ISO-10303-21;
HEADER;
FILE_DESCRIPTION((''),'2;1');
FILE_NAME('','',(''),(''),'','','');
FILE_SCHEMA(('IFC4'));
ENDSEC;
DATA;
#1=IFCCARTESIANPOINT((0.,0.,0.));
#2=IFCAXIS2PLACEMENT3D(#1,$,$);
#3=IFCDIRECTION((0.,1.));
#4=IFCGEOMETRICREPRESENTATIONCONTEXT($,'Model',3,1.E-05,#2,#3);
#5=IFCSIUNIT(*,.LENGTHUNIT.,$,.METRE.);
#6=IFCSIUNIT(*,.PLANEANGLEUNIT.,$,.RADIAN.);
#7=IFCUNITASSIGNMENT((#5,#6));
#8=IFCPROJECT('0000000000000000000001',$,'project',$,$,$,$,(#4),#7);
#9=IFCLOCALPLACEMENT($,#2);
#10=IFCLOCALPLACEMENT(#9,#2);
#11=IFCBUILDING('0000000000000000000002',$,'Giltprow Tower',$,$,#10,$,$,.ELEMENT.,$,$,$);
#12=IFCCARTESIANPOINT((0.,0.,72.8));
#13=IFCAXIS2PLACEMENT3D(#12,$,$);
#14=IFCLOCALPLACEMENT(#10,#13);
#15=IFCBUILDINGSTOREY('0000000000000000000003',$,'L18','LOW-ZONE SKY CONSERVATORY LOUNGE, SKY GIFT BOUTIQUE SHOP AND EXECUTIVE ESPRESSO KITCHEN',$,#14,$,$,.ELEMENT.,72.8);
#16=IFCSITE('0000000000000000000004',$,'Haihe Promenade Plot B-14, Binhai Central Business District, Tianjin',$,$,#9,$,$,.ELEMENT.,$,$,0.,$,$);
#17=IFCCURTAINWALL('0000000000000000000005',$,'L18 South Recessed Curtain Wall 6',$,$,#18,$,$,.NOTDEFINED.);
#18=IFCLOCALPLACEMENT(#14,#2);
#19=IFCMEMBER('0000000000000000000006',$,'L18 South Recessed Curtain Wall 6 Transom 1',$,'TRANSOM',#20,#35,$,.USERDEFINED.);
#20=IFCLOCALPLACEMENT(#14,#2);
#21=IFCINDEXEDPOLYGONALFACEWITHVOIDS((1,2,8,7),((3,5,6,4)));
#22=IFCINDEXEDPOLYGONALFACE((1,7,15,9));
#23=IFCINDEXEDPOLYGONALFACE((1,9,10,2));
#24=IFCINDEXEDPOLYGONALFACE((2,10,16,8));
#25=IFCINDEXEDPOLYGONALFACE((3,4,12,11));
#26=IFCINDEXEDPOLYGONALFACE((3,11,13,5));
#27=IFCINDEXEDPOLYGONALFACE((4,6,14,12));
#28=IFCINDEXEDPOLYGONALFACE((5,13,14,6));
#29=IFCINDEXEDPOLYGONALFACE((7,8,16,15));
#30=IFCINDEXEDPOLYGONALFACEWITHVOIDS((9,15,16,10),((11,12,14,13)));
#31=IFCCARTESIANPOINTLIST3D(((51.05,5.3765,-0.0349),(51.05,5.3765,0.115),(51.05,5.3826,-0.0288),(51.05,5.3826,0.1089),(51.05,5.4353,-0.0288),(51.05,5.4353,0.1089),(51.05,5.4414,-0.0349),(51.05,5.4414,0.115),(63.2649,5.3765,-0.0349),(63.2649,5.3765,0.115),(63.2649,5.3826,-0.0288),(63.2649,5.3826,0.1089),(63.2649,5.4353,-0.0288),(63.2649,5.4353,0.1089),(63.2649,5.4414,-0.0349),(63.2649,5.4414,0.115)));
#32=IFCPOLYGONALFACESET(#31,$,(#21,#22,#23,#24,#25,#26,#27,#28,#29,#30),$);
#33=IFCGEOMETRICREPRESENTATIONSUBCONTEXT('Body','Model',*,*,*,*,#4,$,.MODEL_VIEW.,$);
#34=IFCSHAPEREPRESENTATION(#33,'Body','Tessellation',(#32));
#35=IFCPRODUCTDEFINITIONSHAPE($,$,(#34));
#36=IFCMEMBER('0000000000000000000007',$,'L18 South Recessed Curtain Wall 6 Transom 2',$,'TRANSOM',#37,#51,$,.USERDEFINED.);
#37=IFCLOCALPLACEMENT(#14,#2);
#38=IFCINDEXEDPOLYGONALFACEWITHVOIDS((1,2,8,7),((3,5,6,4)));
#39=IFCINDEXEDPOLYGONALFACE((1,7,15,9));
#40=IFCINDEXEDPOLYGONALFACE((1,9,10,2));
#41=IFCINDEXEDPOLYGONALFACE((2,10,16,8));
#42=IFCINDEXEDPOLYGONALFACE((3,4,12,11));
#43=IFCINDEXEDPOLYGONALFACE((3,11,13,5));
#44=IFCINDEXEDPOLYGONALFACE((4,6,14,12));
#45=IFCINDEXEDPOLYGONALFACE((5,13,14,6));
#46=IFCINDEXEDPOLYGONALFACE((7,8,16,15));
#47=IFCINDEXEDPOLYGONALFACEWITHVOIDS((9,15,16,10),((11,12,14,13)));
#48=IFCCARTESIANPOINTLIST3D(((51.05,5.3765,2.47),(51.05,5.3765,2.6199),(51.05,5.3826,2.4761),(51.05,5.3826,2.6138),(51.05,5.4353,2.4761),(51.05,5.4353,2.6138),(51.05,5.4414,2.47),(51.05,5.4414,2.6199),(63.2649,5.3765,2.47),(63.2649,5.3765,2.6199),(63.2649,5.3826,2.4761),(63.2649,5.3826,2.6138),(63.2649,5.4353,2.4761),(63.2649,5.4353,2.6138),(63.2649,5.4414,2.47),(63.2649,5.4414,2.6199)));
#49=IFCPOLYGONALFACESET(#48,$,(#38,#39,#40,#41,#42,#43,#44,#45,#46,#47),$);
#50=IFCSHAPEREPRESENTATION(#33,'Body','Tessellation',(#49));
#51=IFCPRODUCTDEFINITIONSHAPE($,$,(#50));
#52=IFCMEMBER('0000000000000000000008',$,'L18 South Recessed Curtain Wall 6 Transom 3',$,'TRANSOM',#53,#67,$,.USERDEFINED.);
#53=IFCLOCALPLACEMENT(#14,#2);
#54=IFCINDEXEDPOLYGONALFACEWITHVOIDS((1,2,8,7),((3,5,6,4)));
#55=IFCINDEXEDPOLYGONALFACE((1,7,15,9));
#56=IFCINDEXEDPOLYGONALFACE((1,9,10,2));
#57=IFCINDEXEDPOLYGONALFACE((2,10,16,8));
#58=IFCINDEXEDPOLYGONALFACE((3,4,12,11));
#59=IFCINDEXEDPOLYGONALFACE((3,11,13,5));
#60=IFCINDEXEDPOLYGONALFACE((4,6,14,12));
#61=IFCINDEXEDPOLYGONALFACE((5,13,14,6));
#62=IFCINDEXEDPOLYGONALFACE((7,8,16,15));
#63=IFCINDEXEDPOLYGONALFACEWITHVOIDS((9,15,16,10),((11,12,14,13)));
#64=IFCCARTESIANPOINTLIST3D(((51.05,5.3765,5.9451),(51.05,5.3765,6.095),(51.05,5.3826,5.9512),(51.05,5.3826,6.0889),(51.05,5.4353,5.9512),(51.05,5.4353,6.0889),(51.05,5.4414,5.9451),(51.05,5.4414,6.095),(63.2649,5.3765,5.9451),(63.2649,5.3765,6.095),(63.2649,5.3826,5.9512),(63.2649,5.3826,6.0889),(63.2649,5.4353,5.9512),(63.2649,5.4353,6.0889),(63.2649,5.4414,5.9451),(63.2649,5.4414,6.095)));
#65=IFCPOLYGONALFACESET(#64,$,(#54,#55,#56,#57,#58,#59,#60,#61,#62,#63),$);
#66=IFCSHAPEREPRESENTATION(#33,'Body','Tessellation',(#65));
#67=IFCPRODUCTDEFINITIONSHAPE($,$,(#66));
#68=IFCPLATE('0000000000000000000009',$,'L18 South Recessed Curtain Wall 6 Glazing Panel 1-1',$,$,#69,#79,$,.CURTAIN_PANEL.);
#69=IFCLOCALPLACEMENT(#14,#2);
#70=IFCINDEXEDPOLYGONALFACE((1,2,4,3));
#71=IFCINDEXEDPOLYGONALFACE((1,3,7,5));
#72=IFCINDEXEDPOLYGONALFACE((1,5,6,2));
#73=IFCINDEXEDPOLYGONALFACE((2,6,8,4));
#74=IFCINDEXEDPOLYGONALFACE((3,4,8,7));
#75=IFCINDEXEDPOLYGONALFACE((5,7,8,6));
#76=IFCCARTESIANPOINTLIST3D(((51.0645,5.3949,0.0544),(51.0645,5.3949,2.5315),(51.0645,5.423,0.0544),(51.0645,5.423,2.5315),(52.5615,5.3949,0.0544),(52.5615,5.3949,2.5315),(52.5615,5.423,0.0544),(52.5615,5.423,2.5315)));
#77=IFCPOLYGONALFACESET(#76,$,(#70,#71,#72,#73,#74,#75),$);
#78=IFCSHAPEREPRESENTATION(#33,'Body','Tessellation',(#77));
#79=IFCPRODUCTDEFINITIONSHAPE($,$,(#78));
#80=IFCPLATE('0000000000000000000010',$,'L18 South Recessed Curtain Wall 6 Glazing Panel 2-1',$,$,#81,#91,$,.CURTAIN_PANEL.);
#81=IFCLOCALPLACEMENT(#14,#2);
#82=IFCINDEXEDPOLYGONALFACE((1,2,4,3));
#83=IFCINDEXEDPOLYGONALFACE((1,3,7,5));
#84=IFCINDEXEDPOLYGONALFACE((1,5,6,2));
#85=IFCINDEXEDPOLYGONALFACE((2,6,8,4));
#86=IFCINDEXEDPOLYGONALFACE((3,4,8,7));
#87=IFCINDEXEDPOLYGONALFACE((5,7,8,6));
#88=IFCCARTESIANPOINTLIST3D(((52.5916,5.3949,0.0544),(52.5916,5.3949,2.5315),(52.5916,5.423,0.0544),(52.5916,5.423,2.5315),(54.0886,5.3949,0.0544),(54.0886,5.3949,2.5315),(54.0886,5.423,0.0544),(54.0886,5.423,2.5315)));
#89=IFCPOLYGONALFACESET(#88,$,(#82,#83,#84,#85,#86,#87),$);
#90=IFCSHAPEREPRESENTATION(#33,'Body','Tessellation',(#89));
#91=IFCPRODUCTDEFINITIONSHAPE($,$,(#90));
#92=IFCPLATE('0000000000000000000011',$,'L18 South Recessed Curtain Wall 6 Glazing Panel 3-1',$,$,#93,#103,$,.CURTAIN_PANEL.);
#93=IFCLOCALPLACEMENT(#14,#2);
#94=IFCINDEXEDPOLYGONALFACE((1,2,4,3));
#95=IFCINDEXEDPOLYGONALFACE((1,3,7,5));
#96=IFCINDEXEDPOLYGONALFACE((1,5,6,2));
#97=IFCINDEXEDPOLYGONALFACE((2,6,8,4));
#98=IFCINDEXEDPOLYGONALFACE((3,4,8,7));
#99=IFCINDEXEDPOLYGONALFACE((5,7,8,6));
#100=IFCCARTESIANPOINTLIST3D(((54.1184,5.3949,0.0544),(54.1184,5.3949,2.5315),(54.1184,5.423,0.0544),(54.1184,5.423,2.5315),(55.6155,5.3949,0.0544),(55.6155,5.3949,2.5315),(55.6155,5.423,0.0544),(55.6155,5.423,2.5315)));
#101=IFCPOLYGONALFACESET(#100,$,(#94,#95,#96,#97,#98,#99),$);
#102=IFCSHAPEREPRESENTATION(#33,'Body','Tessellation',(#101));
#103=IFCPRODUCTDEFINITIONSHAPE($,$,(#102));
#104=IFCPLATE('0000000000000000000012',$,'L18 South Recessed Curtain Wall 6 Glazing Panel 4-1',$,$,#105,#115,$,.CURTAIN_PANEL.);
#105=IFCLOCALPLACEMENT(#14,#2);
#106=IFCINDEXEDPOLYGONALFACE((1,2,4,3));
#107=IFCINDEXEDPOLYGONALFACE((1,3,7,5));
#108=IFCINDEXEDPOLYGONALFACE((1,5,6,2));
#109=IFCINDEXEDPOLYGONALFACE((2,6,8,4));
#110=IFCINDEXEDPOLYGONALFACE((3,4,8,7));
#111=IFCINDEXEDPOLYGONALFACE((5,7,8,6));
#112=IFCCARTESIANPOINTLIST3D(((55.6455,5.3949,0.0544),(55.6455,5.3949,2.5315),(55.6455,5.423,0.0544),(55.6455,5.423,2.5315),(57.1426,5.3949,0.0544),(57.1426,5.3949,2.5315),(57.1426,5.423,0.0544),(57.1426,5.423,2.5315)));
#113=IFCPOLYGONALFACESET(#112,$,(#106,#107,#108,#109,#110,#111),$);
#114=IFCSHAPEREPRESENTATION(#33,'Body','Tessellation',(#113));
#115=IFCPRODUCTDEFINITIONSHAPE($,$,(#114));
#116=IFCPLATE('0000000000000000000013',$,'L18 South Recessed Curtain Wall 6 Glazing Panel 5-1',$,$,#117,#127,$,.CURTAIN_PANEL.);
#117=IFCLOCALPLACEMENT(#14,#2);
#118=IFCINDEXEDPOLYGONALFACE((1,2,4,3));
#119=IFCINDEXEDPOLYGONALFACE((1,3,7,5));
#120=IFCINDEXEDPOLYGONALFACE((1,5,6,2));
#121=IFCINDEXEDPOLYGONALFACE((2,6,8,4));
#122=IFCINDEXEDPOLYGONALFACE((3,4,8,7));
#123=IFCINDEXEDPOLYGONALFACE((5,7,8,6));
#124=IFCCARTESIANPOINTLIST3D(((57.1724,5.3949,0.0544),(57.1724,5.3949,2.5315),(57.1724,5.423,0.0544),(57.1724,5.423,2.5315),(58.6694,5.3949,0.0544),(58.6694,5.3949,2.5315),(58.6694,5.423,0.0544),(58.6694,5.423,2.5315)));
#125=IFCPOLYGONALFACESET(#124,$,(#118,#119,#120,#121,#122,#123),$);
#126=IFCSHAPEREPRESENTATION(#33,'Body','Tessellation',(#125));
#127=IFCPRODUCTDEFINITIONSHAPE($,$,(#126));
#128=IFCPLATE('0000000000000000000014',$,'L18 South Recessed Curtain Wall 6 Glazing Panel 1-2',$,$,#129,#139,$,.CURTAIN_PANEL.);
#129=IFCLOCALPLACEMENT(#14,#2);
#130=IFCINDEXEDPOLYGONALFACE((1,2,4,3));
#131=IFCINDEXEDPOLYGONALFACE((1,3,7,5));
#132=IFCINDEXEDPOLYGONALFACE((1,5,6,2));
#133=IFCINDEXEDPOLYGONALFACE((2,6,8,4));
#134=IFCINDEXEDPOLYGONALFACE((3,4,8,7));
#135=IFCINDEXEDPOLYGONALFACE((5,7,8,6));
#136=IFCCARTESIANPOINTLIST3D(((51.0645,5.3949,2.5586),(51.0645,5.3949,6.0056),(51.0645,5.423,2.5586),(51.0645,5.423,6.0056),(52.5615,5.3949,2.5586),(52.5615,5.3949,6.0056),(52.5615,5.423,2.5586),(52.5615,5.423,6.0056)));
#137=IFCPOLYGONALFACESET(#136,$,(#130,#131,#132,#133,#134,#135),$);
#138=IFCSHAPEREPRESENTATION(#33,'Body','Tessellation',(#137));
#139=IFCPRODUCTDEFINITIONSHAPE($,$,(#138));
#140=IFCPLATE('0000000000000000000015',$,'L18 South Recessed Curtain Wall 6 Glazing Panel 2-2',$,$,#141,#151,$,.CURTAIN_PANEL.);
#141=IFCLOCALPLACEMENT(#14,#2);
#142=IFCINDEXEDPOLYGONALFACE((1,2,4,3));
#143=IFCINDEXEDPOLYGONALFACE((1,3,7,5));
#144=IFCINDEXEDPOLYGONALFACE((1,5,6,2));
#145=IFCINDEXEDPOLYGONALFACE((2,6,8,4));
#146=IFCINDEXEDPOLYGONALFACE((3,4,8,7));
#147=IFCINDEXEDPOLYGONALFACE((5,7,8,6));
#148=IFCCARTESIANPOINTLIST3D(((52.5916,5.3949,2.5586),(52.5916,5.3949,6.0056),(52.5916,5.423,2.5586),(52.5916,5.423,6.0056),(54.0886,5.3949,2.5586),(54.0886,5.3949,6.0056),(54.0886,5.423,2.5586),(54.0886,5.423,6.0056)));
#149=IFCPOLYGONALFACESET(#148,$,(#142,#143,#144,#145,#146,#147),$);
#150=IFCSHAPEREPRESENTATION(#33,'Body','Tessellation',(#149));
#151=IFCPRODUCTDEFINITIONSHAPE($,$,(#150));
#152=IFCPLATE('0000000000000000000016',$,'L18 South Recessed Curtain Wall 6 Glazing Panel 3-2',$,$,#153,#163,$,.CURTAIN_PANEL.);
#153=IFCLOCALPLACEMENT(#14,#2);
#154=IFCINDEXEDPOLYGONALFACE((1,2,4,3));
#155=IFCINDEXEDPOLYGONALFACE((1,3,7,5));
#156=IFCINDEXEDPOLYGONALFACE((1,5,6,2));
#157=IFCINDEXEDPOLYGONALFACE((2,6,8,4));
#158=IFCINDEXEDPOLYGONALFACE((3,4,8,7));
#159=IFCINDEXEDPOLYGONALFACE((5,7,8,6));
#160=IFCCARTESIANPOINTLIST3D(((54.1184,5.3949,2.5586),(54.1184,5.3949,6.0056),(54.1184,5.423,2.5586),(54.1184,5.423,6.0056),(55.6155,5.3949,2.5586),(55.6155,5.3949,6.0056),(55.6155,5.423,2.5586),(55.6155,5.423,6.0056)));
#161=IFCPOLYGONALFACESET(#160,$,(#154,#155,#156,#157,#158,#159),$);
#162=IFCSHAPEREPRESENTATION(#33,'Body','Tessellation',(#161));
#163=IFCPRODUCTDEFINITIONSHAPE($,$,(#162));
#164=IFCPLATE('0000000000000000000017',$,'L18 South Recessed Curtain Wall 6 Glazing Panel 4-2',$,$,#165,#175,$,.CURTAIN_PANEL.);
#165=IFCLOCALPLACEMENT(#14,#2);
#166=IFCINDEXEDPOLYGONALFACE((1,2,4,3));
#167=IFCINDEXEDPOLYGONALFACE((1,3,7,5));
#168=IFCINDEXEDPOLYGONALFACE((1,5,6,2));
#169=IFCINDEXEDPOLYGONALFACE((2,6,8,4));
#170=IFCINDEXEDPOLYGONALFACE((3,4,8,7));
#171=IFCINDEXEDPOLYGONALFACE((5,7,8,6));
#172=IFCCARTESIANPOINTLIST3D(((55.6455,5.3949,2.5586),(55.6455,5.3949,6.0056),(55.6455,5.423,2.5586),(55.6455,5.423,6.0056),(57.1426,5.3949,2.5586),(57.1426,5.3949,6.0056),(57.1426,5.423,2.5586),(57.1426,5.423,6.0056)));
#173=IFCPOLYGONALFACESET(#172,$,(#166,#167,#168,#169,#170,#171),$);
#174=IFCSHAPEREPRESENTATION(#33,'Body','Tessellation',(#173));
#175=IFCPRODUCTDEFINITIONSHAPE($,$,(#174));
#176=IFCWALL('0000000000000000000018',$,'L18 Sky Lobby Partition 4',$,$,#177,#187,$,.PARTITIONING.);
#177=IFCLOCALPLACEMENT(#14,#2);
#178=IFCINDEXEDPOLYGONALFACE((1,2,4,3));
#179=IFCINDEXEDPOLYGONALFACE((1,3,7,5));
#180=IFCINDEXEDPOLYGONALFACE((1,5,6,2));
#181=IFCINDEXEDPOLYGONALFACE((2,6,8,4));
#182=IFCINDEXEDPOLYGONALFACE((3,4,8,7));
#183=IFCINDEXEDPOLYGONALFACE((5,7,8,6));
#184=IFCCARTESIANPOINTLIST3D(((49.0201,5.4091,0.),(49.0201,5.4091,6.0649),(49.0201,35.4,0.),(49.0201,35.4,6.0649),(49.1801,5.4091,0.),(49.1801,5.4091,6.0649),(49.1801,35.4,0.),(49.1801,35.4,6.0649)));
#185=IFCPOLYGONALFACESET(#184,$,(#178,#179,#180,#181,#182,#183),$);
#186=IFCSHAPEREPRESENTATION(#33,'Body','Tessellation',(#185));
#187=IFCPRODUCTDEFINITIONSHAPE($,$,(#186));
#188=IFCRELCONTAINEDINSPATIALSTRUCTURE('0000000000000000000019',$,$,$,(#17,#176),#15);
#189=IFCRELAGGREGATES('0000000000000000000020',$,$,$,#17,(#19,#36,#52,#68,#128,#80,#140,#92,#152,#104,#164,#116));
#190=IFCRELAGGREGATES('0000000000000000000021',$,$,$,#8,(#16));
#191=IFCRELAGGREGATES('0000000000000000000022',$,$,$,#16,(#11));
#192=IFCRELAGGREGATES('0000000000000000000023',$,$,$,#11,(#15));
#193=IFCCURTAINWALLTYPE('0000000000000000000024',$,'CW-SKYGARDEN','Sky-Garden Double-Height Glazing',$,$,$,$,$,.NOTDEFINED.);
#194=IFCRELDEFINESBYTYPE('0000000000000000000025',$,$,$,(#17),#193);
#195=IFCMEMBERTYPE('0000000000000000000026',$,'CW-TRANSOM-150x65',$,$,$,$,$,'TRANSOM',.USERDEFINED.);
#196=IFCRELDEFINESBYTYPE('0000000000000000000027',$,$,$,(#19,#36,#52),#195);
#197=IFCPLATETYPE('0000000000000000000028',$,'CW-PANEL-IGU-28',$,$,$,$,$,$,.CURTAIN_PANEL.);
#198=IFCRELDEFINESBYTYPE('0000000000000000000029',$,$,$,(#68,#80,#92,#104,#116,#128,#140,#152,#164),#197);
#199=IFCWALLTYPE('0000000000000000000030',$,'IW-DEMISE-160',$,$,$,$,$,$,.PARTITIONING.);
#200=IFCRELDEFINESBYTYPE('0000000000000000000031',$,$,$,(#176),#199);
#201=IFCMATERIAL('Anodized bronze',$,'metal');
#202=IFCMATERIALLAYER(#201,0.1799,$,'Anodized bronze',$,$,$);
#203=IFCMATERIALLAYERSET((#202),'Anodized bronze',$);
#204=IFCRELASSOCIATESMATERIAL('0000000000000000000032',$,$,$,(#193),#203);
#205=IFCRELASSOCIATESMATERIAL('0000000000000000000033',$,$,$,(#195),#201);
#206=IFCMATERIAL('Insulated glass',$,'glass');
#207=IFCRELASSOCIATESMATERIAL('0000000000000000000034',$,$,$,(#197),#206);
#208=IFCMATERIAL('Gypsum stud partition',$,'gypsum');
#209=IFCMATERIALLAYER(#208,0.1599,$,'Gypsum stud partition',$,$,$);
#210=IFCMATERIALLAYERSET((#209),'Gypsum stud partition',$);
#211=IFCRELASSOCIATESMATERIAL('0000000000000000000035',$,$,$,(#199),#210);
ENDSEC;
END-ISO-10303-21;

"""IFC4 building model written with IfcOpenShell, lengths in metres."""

from ifc_helpers import new_model, si_unit, direction, frame, frame_2d, origin, origin_2d, place, context, subcontext, project, spatial, rectangle, hollow_rectangle, extrude, source, transform, mapped, material, layer, layer_set, material_profile, profile_set, type_object, element, aggregate, save


model = new_model("IFC4")

# Units and contexts
model_context = context("Model", 3, precision=1e-05, world=origin(), true_north=direction((0.0, 1.0)))
body_context = subcontext(model_context, "Body", "Model", "MODEL_VIEW")
ifc_project = project(units=[si_unit("LENGTHUNIT", "METRE"), si_unit("PLANEANGLEUNIT", "RADIAN")], contexts=[model_context])

# Site, building, storey
site_placement = place(None, origin())
site = spatial("IfcSite", under=ifc_project, at=site_placement, Name="Haihe Promenade Plot B-14, Binhai Central Business District, Tianjin", CompositionType="ELEMENT", RefElevation=0.0)
building_placement = place(site_placement, origin())
building = spatial("IfcBuilding", under=site, at=building_placement, Name="Giltprow Tower", CompositionType="ELEMENT")
storey_placement = place(building_placement, frame((0.0, 0.0, 72.8)))
storey = spatial("IfcBuildingStorey", under=building, at=storey_placement, Name="L18", Description="LOW-ZONE SKY CONSERVATORY LOUNGE, SKY GIFT BOUTIQUE SHOP AND EXECUTIVE ESPRESSO KITCHEN", CompositionType="ELEMENT", Elevation=72.8)

# Curtain wall, members, plates
ifc_material_1 = material(Name="Anodized bronze", Category="metal")
ifc_layer_1 = layer(ifc_material_1, 0.1799, Name="Anodized bronze")
ifc_layer_set_1 = layer_set([ifc_layer_1], Name="Anodized bronze")
curtain_wall_type = type_object("IfcCurtainWallType", Name="CW-SKYGARDEN", Description="Sky-Garden Double-Height Glazing", PredefinedType="NOTDEFINED", material=ifc_layer_set_1)
curtain_wall_placement = place(storey_placement, origin())
curtain_wall = element("IfcCurtainWall", 1, at=curtain_wall_placement, inside=storey, type_object=curtain_wall_type, Name="L18 South Recessed Curtain Wall 6", PredefinedType="NOTDEFINED")
ifc_material_profile_1 = material_profile(ifc_material_1, hollow_rectangle(XDim=0.0649, YDim=0.1499, WallThickness=0.0061, at=origin_2d()), Name="RHS 150x65x6")
ifc_profile_set_1 = profile_set([ifc_material_profile_1], Name="Anodized bronze")
member_type_1 = type_object("IfcMemberType", Name="CW-TRANSOM-150x65", ElementType="TRANSOM", PredefinedType="USERDEFINED", material=ifc_profile_set_1)
shared_shape_1 = source(origin(), body_context, "Body", "SweptSolid", [
    extrude(hollow_rectangle(XDim=0.0649, YDim=0.1499, WallThickness=0.0061, at=origin_2d()), origin(), (0.0, 0.0, 1.0), 12.2148),
])
member_1_placement = place(storey_placement, frame((51.05, 5.4089, 0.04), z_axis=(1.0, 0.0, 0.0), x_axis=(0.0, 1.0, 0.0)))
member_1 = element("IfcMember", 2, at=member_1_placement, type_object=member_type_1, Name="L18 South Recessed Curtain Wall 6 Transom 1", ObjectType="TRANSOM", PredefinedType="USERDEFINED", context=body_context, shape_type="MappedRepresentation", body=[
    mapped(shared_shape_1, transform((0.0, 0.0, 0.0), x_axis=(1.0, 0.0, 0.0), y_axis=(0.0, 1.0, 0.0), z_axis=(0.0, 0.0, 1.0), scale=1.0)),
])
member_2_placement = place(storey_placement, frame((51.05, 5.4089, 2.5449), z_axis=(1.0, 0.0, 0.0), x_axis=(0.0, 1.0, 0.0)))
member_2 = element("IfcMember", 3, at=member_2_placement, type_object=member_type_1, Name="L18 South Recessed Curtain Wall 6 Transom 2", ObjectType="TRANSOM", PredefinedType="USERDEFINED", context=body_context, shape_type="MappedRepresentation", body=[
    mapped(shared_shape_1, transform((0.0, 0.0, 0.0), x_axis=(1.0, 0.0, 0.0), y_axis=(0.0, 1.0, 0.0), z_axis=(0.0, 0.0, 1.0), scale=1.0)),
])
member_3_placement = place(storey_placement, frame((51.05, 5.4089, 6.02), z_axis=(1.0, 0.0, 0.0), x_axis=(0.0, 1.0, 0.0)))
member_3 = element("IfcMember", 4, at=member_3_placement, type_object=member_type_1, Name="L18 South Recessed Curtain Wall 6 Transom 3", ObjectType="TRANSOM", PredefinedType="USERDEFINED", context=body_context, shape_type="MappedRepresentation", body=[
    mapped(shared_shape_1, transform((0.0, 0.0, 0.0), x_axis=(1.0, 0.0, 0.0), y_axis=(0.0, 1.0, 0.0), z_axis=(0.0, 0.0, 1.0), scale=1.0)),
])
ifc_material_2 = material(Name="Insulated glass", Category="glass")
plate_type = type_object("IfcPlateType", Name="CW-PANEL-IGU-28", PredefinedType="CURTAIN_PANEL", material=ifc_material_2)
shared_shape_2 = source(origin(), body_context, "Body", "SweptSolid", [
    extrude(rectangle(XDim=1.4971, YDim=0.0281, at=origin_2d()), origin(), (0.0, 0.0, 1.0), 2.4771),
])
plate_1_placement = place(storey_placement, frame((51.813, 5.4089, 0.0544), z_axis=(0.0, 0.0, 1.0), x_axis=(1.0, 0.0, 0.0)))
plate_1 = element("IfcPlate", 5, at=plate_1_placement, type_object=plate_type, Name="L18 South Recessed Curtain Wall 6 Glazing Panel 1-1", PredefinedType="CURTAIN_PANEL", context=body_context, shape_type="MappedRepresentation", body=[
    mapped(shared_shape_2, transform((0.0, 0.0, 0.0), x_axis=(1.0, 0.0, 0.0), y_axis=(0.0, 1.0, 0.0), z_axis=(0.0, 0.0, 1.0), scale=1.0)),
])
plate_2_placement = place(storey_placement, frame((53.3401, 5.4089, 0.0544), z_axis=(0.0, 0.0, 1.0), x_axis=(1.0, 0.0, 0.0)))
plate_2 = element("IfcPlate", 6, at=plate_2_placement, type_object=plate_type, Name="L18 South Recessed Curtain Wall 6 Glazing Panel 2-1", PredefinedType="CURTAIN_PANEL", context=body_context, shape_type="MappedRepresentation", body=[
    mapped(shared_shape_2, transform((0.0, 0.0, 0.0), x_axis=(1.0, 0.0, 0.0), y_axis=(0.0, 1.0, 0.0), z_axis=(0.0, 0.0, 1.0), scale=1.0)),
])
plate_3_placement = place(storey_placement, frame((54.8669, 5.4089, 0.0544), z_axis=(0.0, 0.0, 1.0), x_axis=(1.0, 0.0, 0.0)))
plate_3 = element("IfcPlate", 7, at=plate_3_placement, type_object=plate_type, Name="L18 South Recessed Curtain Wall 6 Glazing Panel 3-1", PredefinedType="CURTAIN_PANEL", context=body_context, shape_type="MappedRepresentation", body=[
    mapped(shared_shape_2, transform((0.0, 0.0, 0.0), x_axis=(1.0, 0.0, 0.0), y_axis=(0.0, 1.0, 0.0), z_axis=(0.0, 0.0, 1.0), scale=1.0)),
])
plate_4_placement = place(storey_placement, frame((56.394, 5.4089, 0.0544), z_axis=(0.0, 0.0, 1.0), x_axis=(1.0, 0.0, 0.0)))
plate_4 = element("IfcPlate", 8, at=plate_4_placement, type_object=plate_type, Name="L18 South Recessed Curtain Wall 6 Glazing Panel 4-1", PredefinedType="CURTAIN_PANEL", context=body_context, shape_type="MappedRepresentation", body=[
    mapped(shared_shape_2, transform((0.0, 0.0, 0.0), x_axis=(1.0, 0.0, 0.0), y_axis=(0.0, 1.0, 0.0), z_axis=(0.0, 0.0, 1.0), scale=1.0)),
])
plate_5_placement = place(storey_placement, frame((57.9209, 5.4089, 0.0544), z_axis=(0.0, 0.0, 1.0), x_axis=(1.0, 0.0, 0.0)))
plate_5 = element("IfcPlate", 9, at=plate_5_placement, type_object=plate_type, Name="L18 South Recessed Curtain Wall 6 Glazing Panel 5-1", PredefinedType="CURTAIN_PANEL", context=body_context, shape_type="MappedRepresentation", body=[
    mapped(shared_shape_2, transform((0.0, 0.0, 0.0), x_axis=(1.0, 0.0, 0.0), y_axis=(0.0, 1.0, 0.0), z_axis=(0.0, 0.0, 1.0), scale=1.0)),
])
shared_shape_3 = source(origin(), body_context, "Body", "SweptSolid", [
    extrude(rectangle(XDim=1.4971, YDim=0.0281, at=origin_2d()), origin(), (0.0, 0.0, 1.0), 3.447),
])
plate_6_placement = place(storey_placement, frame((51.813, 5.4089, 2.5586), z_axis=(0.0, 0.0, 1.0), x_axis=(1.0, 0.0, 0.0)))
plate_6 = element("IfcPlate", 10, at=plate_6_placement, type_object=plate_type, Name="L18 South Recessed Curtain Wall 6 Glazing Panel 1-2", PredefinedType="CURTAIN_PANEL", context=body_context, shape_type="MappedRepresentation", body=[
    mapped(shared_shape_3, transform((0.0, 0.0, 0.0), x_axis=(1.0, 0.0, 0.0), y_axis=(0.0, 1.0, 0.0), z_axis=(0.0, 0.0, 1.0), scale=1.0)),
])
plate_7_placement = place(storey_placement, frame((53.3401, 5.4089, 2.5586), z_axis=(0.0, 0.0, 1.0), x_axis=(1.0, 0.0, 0.0)))
plate_7 = element("IfcPlate", 11, at=plate_7_placement, type_object=plate_type, Name="L18 South Recessed Curtain Wall 6 Glazing Panel 2-2", PredefinedType="CURTAIN_PANEL", context=body_context, shape_type="MappedRepresentation", body=[
    mapped(shared_shape_3, transform((0.0, 0.0, 0.0), x_axis=(1.0, 0.0, 0.0), y_axis=(0.0, 1.0, 0.0), z_axis=(0.0, 0.0, 1.0), scale=1.0)),
])
plate_8_placement = place(storey_placement, frame((54.8669, 5.4089, 2.5586), z_axis=(0.0, 0.0, 1.0), x_axis=(1.0, 0.0, 0.0)))
plate_8 = element("IfcPlate", 12, at=plate_8_placement, type_object=plate_type, Name="L18 South Recessed Curtain Wall 6 Glazing Panel 3-2", PredefinedType="CURTAIN_PANEL", context=body_context, shape_type="MappedRepresentation", body=[
    mapped(shared_shape_3, transform((0.0, 0.0, 0.0), x_axis=(1.0, 0.0, 0.0), y_axis=(0.0, 1.0, 0.0), z_axis=(0.0, 0.0, 1.0), scale=1.0)),
])
plate_9_placement = place(storey_placement, frame((56.394, 5.4089, 2.5586), z_axis=(0.0, 0.0, 1.0), x_axis=(1.0, 0.0, 0.0)))
plate_9 = element("IfcPlate", 13, at=plate_9_placement, type_object=plate_type, Name="L18 South Recessed Curtain Wall 6 Glazing Panel 4-2", PredefinedType="CURTAIN_PANEL", context=body_context, shape_type="MappedRepresentation", body=[
    mapped(shared_shape_3, transform((0.0, 0.0, 0.0), x_axis=(1.0, 0.0, 0.0), y_axis=(0.0, 1.0, 0.0), z_axis=(0.0, 0.0, 1.0), scale=1.0)),
])
aggregate(curtain_wall, [member_1, member_2, member_3, plate_1, plate_6, plate_2, plate_7, plate_3, plate_8, plate_4, plate_9, plate_5])

# Wall
ifc_material_3 = material(Name="Gypsum stud partition", Category="gypsum")
ifc_layer_2 = layer(ifc_material_3, 0.1599, Name="Gypsum stud partition")
ifc_layer_set_2 = layer_set([ifc_layer_2], Name="Gypsum stud partition")
wall_type = type_object("IfcWallType", Name="IW-DEMISE-160", PredefinedType="PARTITIONING", material=ifc_layer_set_2)
wall_placement = place(storey_placement, frame((49.1001, 5.4089, 0.0), z_axis=(0.0, 0.0, 1.0), x_axis=(0.0, 1.0, 0.0)))
element("IfcWall", 14, at=wall_placement, inside=storey, type_object=wall_type, Name="L18 Sky Lobby Partition 4", PredefinedType="PARTITIONING", context=body_context, shape_type="SweptSolid", body=[
    extrude(rectangle(XDim=29.991, YDim=0.1599, at=frame_2d((14.9956, 0.0))), origin(), (0.0, 0.0, 1.0), 6.0649),
])

save(model, "model.ifc")
